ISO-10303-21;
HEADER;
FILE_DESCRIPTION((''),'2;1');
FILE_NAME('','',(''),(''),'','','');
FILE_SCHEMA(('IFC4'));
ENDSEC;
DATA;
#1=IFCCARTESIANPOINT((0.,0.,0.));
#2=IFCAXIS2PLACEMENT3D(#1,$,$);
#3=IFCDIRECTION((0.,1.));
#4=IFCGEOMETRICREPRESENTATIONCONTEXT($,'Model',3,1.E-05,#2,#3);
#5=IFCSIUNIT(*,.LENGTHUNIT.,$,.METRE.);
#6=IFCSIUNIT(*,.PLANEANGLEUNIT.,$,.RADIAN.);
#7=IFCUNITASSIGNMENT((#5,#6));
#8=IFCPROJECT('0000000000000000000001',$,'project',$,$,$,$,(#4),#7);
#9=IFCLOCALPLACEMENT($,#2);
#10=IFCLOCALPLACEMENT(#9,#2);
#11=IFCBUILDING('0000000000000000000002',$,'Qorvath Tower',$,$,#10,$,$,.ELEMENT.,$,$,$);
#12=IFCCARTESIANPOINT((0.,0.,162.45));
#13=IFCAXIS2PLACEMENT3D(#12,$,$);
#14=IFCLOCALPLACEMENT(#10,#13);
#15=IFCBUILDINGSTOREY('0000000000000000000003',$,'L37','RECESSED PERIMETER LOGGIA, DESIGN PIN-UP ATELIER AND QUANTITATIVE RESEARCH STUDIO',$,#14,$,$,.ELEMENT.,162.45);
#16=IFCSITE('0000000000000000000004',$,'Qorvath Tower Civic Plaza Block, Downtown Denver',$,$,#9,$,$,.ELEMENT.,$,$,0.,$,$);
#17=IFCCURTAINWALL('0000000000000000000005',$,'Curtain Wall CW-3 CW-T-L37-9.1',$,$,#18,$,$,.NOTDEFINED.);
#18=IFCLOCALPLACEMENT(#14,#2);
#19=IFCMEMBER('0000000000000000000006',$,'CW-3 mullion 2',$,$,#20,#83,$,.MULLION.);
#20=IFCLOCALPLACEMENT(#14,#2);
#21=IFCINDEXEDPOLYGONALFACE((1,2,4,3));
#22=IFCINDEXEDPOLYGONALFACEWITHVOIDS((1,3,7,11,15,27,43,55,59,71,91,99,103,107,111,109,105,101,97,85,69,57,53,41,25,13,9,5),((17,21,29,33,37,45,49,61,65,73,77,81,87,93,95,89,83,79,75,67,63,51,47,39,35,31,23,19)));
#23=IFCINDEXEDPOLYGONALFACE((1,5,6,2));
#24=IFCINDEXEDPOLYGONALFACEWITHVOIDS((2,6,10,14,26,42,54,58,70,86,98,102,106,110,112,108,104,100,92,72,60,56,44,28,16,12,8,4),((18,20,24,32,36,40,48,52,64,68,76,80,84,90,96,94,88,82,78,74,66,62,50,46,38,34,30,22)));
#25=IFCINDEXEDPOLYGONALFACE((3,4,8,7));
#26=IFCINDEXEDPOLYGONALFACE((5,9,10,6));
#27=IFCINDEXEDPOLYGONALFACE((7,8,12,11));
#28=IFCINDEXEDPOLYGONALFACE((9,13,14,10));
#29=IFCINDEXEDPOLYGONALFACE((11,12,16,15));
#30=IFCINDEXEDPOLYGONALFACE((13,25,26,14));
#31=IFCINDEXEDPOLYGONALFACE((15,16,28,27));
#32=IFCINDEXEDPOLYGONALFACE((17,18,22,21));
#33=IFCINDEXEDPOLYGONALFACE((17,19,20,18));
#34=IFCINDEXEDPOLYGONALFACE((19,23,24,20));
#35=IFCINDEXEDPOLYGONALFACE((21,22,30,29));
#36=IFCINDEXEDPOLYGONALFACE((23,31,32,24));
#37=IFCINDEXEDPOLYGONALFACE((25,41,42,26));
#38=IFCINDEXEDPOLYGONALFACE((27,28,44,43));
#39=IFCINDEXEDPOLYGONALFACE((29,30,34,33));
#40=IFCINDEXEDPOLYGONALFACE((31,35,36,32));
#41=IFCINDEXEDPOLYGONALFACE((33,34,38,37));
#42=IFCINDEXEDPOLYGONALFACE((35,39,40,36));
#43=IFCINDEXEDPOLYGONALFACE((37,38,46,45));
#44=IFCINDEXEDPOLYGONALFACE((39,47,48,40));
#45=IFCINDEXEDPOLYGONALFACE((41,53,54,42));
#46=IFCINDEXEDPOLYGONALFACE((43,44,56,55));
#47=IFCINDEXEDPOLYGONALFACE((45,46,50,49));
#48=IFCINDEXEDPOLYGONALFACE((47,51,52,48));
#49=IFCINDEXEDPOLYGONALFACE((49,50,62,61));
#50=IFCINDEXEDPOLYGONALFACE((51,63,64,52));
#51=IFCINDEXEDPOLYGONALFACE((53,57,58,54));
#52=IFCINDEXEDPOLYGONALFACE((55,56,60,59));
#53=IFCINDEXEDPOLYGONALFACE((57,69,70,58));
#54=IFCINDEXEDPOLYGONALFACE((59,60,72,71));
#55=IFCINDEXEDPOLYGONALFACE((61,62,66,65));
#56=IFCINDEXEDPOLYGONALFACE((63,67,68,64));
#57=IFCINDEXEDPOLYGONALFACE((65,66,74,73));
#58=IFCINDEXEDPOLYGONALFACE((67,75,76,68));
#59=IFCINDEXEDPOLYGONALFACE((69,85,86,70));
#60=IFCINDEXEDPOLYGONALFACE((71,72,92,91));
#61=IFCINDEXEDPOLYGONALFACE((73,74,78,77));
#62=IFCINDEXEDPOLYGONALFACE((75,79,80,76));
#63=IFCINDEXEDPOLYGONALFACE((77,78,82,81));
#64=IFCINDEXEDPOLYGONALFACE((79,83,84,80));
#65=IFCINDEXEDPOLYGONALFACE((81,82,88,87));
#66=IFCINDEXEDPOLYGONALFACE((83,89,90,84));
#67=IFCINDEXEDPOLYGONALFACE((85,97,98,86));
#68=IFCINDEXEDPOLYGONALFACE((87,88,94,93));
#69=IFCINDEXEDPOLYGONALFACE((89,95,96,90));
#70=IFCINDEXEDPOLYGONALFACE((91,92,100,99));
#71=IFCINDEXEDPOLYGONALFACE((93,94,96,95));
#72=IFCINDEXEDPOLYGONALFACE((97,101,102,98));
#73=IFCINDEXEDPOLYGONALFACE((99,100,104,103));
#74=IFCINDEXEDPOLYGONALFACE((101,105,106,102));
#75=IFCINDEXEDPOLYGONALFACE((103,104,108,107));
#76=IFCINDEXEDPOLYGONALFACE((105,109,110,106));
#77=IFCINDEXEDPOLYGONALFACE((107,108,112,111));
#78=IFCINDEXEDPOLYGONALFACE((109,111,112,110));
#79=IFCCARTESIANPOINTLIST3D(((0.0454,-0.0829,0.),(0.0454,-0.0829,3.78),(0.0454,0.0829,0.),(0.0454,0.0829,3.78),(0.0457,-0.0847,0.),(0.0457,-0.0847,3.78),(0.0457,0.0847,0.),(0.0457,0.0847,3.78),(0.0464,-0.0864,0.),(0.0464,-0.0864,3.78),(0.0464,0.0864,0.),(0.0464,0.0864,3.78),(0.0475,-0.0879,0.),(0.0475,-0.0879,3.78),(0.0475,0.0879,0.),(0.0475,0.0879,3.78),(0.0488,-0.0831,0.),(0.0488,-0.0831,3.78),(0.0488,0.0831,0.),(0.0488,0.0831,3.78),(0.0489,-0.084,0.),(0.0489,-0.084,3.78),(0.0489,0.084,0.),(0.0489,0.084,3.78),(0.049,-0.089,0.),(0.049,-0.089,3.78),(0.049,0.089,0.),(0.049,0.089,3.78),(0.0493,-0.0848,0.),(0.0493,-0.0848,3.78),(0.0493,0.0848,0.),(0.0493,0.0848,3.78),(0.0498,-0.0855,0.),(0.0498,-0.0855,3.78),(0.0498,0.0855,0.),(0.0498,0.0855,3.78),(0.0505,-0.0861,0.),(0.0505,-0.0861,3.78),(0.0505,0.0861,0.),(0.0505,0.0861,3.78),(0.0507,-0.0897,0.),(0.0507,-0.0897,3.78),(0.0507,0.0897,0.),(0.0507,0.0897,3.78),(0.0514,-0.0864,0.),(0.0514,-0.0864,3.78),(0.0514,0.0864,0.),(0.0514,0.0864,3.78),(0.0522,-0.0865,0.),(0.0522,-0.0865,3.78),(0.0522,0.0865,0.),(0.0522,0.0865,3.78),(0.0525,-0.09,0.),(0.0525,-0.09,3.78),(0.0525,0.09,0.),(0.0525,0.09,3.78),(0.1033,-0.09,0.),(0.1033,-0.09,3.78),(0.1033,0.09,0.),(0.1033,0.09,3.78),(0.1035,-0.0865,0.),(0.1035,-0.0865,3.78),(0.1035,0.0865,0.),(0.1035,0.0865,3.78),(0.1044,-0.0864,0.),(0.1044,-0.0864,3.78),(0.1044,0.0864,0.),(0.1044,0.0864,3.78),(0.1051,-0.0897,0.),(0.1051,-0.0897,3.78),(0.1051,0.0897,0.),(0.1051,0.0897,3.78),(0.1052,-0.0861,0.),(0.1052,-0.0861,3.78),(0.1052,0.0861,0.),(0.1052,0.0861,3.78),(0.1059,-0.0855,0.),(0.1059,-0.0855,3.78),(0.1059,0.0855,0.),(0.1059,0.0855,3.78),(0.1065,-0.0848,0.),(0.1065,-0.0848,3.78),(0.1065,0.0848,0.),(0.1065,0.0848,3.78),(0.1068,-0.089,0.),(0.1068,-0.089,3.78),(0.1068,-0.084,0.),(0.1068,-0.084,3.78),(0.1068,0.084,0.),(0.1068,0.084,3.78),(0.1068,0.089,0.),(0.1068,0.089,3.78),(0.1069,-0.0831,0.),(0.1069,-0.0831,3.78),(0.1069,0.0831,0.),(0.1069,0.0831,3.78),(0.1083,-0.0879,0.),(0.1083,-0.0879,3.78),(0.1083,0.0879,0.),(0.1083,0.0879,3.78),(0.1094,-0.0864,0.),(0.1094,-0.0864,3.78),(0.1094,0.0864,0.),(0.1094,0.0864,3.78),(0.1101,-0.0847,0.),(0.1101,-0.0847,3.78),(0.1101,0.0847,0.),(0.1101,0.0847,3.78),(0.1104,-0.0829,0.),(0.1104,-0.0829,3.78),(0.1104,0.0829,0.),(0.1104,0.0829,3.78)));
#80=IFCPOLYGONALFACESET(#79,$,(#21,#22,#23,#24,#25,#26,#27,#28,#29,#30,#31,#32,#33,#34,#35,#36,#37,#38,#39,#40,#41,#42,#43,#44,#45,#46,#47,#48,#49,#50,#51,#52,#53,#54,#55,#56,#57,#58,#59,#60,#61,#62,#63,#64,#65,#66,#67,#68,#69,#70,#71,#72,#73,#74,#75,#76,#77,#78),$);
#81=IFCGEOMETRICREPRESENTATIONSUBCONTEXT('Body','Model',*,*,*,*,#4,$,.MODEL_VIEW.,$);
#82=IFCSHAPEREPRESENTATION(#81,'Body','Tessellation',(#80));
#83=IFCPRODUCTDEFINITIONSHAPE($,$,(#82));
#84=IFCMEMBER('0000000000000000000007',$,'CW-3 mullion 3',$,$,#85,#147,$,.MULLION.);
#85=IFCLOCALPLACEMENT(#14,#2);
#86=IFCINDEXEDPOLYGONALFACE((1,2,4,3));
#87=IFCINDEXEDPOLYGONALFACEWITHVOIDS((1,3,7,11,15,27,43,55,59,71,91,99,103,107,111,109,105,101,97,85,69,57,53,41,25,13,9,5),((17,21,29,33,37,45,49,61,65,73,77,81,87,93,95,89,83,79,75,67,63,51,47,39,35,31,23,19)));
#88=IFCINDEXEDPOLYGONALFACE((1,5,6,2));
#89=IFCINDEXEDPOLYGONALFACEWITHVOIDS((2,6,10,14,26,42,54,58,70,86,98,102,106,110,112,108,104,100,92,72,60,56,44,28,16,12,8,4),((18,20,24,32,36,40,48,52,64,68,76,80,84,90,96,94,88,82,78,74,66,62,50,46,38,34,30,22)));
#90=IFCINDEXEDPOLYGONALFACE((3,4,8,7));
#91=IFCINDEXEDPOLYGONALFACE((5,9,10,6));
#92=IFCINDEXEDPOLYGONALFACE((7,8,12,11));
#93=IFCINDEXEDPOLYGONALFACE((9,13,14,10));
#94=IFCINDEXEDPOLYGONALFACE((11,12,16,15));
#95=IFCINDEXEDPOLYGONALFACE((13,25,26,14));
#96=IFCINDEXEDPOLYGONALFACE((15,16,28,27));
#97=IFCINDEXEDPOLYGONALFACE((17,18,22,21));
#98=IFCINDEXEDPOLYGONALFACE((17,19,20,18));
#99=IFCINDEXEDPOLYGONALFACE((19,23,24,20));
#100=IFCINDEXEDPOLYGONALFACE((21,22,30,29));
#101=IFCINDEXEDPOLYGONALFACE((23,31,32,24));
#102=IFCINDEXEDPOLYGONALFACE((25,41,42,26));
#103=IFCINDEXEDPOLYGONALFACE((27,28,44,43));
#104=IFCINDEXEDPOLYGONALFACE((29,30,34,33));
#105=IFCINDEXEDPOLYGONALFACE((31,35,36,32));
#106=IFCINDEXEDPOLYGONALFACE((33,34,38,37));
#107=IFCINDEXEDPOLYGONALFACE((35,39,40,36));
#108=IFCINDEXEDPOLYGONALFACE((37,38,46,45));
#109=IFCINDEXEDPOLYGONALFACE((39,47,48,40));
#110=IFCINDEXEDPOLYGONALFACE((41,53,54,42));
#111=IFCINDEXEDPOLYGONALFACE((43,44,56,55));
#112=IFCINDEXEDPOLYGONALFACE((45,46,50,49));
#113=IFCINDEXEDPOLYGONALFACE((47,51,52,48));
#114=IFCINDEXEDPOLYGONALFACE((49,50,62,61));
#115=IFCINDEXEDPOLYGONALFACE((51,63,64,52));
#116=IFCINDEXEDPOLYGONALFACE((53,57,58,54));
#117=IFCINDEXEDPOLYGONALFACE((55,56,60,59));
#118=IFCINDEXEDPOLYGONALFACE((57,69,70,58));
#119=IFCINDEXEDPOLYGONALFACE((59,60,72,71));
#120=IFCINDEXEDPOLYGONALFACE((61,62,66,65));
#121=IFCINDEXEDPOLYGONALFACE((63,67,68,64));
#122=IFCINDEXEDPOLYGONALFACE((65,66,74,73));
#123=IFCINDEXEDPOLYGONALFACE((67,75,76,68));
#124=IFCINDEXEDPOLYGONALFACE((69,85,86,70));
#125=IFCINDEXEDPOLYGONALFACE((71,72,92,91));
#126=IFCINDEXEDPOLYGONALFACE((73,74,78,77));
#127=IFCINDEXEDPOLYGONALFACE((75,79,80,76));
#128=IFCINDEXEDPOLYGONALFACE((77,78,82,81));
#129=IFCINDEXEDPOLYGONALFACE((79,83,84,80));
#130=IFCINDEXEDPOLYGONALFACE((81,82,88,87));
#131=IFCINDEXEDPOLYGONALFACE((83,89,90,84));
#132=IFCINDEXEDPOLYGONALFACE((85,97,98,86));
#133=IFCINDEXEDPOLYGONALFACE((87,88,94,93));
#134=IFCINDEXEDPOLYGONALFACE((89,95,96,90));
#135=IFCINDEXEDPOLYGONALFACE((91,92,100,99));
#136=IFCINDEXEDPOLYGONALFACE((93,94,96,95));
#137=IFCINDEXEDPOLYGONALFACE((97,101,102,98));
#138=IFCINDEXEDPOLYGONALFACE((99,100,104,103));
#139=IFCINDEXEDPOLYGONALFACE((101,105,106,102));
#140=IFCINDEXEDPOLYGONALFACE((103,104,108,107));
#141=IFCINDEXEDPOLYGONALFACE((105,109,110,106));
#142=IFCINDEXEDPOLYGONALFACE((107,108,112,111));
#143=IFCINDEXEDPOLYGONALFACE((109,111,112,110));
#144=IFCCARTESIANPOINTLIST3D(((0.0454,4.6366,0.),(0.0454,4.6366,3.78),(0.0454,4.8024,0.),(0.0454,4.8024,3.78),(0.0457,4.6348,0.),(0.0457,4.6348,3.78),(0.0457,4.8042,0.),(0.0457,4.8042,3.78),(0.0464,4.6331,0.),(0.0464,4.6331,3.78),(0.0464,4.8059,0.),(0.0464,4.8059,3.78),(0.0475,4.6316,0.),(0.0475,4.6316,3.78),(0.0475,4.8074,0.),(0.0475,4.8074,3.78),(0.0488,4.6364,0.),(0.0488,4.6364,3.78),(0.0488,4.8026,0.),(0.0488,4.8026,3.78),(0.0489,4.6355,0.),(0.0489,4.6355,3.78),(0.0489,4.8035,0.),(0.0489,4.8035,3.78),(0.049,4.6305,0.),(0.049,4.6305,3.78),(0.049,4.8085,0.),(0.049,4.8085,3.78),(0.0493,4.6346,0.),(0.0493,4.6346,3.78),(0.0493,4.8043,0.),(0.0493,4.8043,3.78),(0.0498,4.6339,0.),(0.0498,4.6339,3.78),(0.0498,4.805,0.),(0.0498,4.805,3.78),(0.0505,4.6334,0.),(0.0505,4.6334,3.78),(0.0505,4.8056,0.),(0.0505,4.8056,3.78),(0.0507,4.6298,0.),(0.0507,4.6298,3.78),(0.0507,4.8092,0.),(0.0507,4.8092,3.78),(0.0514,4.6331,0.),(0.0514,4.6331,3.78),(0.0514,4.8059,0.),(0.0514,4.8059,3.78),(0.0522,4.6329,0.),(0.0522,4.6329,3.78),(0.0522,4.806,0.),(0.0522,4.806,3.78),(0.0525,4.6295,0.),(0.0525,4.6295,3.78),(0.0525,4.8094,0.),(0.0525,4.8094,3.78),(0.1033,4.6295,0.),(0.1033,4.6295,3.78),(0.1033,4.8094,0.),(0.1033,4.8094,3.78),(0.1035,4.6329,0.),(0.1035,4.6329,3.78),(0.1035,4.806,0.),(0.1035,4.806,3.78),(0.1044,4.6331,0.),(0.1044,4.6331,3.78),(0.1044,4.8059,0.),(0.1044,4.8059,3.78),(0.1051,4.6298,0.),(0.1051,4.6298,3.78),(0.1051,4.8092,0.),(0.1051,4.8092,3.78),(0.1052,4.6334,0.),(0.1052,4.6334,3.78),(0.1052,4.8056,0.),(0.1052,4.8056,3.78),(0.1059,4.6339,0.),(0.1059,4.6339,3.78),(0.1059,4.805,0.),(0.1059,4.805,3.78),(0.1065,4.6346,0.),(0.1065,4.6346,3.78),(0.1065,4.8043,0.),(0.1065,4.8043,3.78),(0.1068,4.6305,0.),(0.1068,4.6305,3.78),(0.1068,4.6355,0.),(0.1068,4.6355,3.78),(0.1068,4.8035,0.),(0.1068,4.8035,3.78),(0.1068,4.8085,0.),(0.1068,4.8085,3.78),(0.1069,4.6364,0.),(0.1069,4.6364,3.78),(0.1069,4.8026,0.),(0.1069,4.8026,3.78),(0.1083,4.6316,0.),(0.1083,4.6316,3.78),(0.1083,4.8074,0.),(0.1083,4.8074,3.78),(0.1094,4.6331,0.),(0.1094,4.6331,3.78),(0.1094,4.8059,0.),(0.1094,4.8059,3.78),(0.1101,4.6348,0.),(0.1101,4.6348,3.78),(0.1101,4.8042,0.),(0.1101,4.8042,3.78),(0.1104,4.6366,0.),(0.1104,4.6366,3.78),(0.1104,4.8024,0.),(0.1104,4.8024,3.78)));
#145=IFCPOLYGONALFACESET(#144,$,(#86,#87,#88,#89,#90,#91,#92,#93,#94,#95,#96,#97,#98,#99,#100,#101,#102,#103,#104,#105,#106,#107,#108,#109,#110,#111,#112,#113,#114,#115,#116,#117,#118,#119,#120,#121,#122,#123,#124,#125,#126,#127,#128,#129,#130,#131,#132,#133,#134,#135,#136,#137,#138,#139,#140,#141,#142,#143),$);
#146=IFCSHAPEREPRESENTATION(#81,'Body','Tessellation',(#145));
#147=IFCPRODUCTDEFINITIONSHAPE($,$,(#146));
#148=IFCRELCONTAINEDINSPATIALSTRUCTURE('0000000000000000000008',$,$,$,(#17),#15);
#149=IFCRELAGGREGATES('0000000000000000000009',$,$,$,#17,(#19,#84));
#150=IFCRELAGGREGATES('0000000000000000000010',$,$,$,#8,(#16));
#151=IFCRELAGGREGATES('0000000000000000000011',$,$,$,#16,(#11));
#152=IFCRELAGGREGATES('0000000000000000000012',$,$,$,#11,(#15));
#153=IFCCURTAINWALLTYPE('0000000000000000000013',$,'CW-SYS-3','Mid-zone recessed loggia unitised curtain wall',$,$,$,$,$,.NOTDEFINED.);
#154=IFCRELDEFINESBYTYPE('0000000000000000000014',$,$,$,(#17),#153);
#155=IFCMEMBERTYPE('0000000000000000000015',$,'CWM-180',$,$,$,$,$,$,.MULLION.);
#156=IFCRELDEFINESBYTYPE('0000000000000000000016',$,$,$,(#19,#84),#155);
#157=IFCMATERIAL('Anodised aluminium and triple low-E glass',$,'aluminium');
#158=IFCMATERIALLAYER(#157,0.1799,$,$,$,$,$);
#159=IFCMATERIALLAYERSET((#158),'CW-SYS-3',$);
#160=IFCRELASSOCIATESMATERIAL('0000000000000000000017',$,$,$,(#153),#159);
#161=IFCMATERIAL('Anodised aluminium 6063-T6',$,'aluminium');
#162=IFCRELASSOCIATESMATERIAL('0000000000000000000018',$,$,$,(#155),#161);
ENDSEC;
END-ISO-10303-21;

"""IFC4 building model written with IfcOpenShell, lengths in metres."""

from ifc_helpers import new_model, si_unit, direction, frame, origin, origin_2d, place, context, subcontext, project, spatial, hollow_rectangle, extrude, material, layer, layer_set, material_profile, profile_set, type_object, element, aggregate, save


model = new_model("IFC4")

# Units and contexts
model_context = context("Model", 3, precision=1e-05, world=origin(), true_north=direction((0.0, 1.0)))
body_context = subcontext(model_context, "Body", "Model", "MODEL_VIEW")
ifc_project = project(units=[si_unit("LENGTHUNIT", "METRE"), si_unit("PLANEANGLEUNIT", "RADIAN")], contexts=[model_context])

# Site, building, storey
site_placement = place(None, origin())
site = spatial("IfcSite", under=ifc_project, at=site_placement, Name="Qorvath Tower Civic Plaza Block, Downtown Denver", CompositionType="ELEMENT", RefElevation=0.0)
building_placement = place(site_placement, origin())
building = spatial("IfcBuilding", under=site, at=building_placement, Name="Qorvath Tower", CompositionType="ELEMENT")
storey_placement = place(building_placement, frame((0.0, 0.0, 162.45)))
storey = spatial("IfcBuildingStorey", under=building, at=storey_placement, Name="L37", Description="RECESSED PERIMETER LOGGIA, DESIGN PIN-UP ATELIER AND QUANTITATIVE RESEARCH STUDIO", CompositionType="ELEMENT", Elevation=162.45)

# Curtain wall, members
ifc_material_1 = material(Name="Anodised aluminium and triple low-E glass", Category="aluminium")
ifc_layer_1 = layer(ifc_material_1, 0.1799)
ifc_layer_set_1 = layer_set([ifc_layer_1], Name="CW-SYS-3")
curtain_wall_type = type_object("IfcCurtainWallType", Name="CW-SYS-3", Description="Mid-zone recessed loggia unitised curtain wall", PredefinedType="NOTDEFINED", material=ifc_layer_set_1)
curtain_wall_1_placement = place(storey_placement, origin())
curtain_wall_1 = element("IfcCurtainWall", 1, at=curtain_wall_1_placement, inside=storey, type_object=curtain_wall_type, Name="Curtain Wall CW-3 CW-T-L37-9.1", PredefinedType="NOTDEFINED")
ifc_material_2 = material(Name="Anodised aluminium 6063-T6", Category="aluminium")
ifc_material_profile_1 = material_profile(ifc_material_2, hollow_rectangle(XDim=0.0649, YDim=0.1799, WallThickness=0.0034, InnerFilletRadius=0.0034, OuterFilletRadius=0.0071, at=origin_2d()), Name="CWM 180x65")
ifc_profile_set_1 = profile_set([ifc_material_profile_1], Name="Anodised aluminium 6063-T6")
member_type_1 = type_object("IfcMemberType", Name="CWM-180", PredefinedType="MULLION", material=ifc_profile_set_1)
member_1_placement = place(storey_placement, frame((0.0779, 0.0, 0.0), z_axis=(0.0, 0.0, 1.0), x_axis=(-1.0, 0.0, 0.0)))
member_1 = element("IfcMember", 2, at=member_1_placement, type_object=member_type_1, Name="CW-3 mullion 2", PredefinedType="MULLION", context=body_context, shape_type="SweptSolid", body=[
    extrude(hollow_rectangle(XDim=0.0649, YDim=0.1799, WallThickness=0.0034, InnerFilletRadius=0.0034, OuterFilletRadius=0.0071, at=origin_2d()), origin(), (0.0, 0.0, 1.0), 3.78),
])
member_2_placement = place(storey_placement, frame((0.0779, 4.7195, 0.0), z_axis=(0.0, 0.0, 1.0), x_axis=(-1.0, 0.0, 0.0)))
member_2 = element("IfcMember", 3, at=member_2_placement, type_object=member_type_1, Name="CW-3 mullion 3", PredefinedType="MULLION", context=body_context, shape_type="SweptSolid", body=[
    extrude(hollow_rectangle(XDim=0.0649, YDim=0.1799, WallThickness=0.0034, InnerFilletRadius=0.0034, OuterFilletRadius=0.0071, at=origin_2d()), origin(), (0.0, 0.0, 1.0), 3.78),
])

aggregate(curtain_wall_1, [member_1, member_2])

save(model, "model.ifc")
